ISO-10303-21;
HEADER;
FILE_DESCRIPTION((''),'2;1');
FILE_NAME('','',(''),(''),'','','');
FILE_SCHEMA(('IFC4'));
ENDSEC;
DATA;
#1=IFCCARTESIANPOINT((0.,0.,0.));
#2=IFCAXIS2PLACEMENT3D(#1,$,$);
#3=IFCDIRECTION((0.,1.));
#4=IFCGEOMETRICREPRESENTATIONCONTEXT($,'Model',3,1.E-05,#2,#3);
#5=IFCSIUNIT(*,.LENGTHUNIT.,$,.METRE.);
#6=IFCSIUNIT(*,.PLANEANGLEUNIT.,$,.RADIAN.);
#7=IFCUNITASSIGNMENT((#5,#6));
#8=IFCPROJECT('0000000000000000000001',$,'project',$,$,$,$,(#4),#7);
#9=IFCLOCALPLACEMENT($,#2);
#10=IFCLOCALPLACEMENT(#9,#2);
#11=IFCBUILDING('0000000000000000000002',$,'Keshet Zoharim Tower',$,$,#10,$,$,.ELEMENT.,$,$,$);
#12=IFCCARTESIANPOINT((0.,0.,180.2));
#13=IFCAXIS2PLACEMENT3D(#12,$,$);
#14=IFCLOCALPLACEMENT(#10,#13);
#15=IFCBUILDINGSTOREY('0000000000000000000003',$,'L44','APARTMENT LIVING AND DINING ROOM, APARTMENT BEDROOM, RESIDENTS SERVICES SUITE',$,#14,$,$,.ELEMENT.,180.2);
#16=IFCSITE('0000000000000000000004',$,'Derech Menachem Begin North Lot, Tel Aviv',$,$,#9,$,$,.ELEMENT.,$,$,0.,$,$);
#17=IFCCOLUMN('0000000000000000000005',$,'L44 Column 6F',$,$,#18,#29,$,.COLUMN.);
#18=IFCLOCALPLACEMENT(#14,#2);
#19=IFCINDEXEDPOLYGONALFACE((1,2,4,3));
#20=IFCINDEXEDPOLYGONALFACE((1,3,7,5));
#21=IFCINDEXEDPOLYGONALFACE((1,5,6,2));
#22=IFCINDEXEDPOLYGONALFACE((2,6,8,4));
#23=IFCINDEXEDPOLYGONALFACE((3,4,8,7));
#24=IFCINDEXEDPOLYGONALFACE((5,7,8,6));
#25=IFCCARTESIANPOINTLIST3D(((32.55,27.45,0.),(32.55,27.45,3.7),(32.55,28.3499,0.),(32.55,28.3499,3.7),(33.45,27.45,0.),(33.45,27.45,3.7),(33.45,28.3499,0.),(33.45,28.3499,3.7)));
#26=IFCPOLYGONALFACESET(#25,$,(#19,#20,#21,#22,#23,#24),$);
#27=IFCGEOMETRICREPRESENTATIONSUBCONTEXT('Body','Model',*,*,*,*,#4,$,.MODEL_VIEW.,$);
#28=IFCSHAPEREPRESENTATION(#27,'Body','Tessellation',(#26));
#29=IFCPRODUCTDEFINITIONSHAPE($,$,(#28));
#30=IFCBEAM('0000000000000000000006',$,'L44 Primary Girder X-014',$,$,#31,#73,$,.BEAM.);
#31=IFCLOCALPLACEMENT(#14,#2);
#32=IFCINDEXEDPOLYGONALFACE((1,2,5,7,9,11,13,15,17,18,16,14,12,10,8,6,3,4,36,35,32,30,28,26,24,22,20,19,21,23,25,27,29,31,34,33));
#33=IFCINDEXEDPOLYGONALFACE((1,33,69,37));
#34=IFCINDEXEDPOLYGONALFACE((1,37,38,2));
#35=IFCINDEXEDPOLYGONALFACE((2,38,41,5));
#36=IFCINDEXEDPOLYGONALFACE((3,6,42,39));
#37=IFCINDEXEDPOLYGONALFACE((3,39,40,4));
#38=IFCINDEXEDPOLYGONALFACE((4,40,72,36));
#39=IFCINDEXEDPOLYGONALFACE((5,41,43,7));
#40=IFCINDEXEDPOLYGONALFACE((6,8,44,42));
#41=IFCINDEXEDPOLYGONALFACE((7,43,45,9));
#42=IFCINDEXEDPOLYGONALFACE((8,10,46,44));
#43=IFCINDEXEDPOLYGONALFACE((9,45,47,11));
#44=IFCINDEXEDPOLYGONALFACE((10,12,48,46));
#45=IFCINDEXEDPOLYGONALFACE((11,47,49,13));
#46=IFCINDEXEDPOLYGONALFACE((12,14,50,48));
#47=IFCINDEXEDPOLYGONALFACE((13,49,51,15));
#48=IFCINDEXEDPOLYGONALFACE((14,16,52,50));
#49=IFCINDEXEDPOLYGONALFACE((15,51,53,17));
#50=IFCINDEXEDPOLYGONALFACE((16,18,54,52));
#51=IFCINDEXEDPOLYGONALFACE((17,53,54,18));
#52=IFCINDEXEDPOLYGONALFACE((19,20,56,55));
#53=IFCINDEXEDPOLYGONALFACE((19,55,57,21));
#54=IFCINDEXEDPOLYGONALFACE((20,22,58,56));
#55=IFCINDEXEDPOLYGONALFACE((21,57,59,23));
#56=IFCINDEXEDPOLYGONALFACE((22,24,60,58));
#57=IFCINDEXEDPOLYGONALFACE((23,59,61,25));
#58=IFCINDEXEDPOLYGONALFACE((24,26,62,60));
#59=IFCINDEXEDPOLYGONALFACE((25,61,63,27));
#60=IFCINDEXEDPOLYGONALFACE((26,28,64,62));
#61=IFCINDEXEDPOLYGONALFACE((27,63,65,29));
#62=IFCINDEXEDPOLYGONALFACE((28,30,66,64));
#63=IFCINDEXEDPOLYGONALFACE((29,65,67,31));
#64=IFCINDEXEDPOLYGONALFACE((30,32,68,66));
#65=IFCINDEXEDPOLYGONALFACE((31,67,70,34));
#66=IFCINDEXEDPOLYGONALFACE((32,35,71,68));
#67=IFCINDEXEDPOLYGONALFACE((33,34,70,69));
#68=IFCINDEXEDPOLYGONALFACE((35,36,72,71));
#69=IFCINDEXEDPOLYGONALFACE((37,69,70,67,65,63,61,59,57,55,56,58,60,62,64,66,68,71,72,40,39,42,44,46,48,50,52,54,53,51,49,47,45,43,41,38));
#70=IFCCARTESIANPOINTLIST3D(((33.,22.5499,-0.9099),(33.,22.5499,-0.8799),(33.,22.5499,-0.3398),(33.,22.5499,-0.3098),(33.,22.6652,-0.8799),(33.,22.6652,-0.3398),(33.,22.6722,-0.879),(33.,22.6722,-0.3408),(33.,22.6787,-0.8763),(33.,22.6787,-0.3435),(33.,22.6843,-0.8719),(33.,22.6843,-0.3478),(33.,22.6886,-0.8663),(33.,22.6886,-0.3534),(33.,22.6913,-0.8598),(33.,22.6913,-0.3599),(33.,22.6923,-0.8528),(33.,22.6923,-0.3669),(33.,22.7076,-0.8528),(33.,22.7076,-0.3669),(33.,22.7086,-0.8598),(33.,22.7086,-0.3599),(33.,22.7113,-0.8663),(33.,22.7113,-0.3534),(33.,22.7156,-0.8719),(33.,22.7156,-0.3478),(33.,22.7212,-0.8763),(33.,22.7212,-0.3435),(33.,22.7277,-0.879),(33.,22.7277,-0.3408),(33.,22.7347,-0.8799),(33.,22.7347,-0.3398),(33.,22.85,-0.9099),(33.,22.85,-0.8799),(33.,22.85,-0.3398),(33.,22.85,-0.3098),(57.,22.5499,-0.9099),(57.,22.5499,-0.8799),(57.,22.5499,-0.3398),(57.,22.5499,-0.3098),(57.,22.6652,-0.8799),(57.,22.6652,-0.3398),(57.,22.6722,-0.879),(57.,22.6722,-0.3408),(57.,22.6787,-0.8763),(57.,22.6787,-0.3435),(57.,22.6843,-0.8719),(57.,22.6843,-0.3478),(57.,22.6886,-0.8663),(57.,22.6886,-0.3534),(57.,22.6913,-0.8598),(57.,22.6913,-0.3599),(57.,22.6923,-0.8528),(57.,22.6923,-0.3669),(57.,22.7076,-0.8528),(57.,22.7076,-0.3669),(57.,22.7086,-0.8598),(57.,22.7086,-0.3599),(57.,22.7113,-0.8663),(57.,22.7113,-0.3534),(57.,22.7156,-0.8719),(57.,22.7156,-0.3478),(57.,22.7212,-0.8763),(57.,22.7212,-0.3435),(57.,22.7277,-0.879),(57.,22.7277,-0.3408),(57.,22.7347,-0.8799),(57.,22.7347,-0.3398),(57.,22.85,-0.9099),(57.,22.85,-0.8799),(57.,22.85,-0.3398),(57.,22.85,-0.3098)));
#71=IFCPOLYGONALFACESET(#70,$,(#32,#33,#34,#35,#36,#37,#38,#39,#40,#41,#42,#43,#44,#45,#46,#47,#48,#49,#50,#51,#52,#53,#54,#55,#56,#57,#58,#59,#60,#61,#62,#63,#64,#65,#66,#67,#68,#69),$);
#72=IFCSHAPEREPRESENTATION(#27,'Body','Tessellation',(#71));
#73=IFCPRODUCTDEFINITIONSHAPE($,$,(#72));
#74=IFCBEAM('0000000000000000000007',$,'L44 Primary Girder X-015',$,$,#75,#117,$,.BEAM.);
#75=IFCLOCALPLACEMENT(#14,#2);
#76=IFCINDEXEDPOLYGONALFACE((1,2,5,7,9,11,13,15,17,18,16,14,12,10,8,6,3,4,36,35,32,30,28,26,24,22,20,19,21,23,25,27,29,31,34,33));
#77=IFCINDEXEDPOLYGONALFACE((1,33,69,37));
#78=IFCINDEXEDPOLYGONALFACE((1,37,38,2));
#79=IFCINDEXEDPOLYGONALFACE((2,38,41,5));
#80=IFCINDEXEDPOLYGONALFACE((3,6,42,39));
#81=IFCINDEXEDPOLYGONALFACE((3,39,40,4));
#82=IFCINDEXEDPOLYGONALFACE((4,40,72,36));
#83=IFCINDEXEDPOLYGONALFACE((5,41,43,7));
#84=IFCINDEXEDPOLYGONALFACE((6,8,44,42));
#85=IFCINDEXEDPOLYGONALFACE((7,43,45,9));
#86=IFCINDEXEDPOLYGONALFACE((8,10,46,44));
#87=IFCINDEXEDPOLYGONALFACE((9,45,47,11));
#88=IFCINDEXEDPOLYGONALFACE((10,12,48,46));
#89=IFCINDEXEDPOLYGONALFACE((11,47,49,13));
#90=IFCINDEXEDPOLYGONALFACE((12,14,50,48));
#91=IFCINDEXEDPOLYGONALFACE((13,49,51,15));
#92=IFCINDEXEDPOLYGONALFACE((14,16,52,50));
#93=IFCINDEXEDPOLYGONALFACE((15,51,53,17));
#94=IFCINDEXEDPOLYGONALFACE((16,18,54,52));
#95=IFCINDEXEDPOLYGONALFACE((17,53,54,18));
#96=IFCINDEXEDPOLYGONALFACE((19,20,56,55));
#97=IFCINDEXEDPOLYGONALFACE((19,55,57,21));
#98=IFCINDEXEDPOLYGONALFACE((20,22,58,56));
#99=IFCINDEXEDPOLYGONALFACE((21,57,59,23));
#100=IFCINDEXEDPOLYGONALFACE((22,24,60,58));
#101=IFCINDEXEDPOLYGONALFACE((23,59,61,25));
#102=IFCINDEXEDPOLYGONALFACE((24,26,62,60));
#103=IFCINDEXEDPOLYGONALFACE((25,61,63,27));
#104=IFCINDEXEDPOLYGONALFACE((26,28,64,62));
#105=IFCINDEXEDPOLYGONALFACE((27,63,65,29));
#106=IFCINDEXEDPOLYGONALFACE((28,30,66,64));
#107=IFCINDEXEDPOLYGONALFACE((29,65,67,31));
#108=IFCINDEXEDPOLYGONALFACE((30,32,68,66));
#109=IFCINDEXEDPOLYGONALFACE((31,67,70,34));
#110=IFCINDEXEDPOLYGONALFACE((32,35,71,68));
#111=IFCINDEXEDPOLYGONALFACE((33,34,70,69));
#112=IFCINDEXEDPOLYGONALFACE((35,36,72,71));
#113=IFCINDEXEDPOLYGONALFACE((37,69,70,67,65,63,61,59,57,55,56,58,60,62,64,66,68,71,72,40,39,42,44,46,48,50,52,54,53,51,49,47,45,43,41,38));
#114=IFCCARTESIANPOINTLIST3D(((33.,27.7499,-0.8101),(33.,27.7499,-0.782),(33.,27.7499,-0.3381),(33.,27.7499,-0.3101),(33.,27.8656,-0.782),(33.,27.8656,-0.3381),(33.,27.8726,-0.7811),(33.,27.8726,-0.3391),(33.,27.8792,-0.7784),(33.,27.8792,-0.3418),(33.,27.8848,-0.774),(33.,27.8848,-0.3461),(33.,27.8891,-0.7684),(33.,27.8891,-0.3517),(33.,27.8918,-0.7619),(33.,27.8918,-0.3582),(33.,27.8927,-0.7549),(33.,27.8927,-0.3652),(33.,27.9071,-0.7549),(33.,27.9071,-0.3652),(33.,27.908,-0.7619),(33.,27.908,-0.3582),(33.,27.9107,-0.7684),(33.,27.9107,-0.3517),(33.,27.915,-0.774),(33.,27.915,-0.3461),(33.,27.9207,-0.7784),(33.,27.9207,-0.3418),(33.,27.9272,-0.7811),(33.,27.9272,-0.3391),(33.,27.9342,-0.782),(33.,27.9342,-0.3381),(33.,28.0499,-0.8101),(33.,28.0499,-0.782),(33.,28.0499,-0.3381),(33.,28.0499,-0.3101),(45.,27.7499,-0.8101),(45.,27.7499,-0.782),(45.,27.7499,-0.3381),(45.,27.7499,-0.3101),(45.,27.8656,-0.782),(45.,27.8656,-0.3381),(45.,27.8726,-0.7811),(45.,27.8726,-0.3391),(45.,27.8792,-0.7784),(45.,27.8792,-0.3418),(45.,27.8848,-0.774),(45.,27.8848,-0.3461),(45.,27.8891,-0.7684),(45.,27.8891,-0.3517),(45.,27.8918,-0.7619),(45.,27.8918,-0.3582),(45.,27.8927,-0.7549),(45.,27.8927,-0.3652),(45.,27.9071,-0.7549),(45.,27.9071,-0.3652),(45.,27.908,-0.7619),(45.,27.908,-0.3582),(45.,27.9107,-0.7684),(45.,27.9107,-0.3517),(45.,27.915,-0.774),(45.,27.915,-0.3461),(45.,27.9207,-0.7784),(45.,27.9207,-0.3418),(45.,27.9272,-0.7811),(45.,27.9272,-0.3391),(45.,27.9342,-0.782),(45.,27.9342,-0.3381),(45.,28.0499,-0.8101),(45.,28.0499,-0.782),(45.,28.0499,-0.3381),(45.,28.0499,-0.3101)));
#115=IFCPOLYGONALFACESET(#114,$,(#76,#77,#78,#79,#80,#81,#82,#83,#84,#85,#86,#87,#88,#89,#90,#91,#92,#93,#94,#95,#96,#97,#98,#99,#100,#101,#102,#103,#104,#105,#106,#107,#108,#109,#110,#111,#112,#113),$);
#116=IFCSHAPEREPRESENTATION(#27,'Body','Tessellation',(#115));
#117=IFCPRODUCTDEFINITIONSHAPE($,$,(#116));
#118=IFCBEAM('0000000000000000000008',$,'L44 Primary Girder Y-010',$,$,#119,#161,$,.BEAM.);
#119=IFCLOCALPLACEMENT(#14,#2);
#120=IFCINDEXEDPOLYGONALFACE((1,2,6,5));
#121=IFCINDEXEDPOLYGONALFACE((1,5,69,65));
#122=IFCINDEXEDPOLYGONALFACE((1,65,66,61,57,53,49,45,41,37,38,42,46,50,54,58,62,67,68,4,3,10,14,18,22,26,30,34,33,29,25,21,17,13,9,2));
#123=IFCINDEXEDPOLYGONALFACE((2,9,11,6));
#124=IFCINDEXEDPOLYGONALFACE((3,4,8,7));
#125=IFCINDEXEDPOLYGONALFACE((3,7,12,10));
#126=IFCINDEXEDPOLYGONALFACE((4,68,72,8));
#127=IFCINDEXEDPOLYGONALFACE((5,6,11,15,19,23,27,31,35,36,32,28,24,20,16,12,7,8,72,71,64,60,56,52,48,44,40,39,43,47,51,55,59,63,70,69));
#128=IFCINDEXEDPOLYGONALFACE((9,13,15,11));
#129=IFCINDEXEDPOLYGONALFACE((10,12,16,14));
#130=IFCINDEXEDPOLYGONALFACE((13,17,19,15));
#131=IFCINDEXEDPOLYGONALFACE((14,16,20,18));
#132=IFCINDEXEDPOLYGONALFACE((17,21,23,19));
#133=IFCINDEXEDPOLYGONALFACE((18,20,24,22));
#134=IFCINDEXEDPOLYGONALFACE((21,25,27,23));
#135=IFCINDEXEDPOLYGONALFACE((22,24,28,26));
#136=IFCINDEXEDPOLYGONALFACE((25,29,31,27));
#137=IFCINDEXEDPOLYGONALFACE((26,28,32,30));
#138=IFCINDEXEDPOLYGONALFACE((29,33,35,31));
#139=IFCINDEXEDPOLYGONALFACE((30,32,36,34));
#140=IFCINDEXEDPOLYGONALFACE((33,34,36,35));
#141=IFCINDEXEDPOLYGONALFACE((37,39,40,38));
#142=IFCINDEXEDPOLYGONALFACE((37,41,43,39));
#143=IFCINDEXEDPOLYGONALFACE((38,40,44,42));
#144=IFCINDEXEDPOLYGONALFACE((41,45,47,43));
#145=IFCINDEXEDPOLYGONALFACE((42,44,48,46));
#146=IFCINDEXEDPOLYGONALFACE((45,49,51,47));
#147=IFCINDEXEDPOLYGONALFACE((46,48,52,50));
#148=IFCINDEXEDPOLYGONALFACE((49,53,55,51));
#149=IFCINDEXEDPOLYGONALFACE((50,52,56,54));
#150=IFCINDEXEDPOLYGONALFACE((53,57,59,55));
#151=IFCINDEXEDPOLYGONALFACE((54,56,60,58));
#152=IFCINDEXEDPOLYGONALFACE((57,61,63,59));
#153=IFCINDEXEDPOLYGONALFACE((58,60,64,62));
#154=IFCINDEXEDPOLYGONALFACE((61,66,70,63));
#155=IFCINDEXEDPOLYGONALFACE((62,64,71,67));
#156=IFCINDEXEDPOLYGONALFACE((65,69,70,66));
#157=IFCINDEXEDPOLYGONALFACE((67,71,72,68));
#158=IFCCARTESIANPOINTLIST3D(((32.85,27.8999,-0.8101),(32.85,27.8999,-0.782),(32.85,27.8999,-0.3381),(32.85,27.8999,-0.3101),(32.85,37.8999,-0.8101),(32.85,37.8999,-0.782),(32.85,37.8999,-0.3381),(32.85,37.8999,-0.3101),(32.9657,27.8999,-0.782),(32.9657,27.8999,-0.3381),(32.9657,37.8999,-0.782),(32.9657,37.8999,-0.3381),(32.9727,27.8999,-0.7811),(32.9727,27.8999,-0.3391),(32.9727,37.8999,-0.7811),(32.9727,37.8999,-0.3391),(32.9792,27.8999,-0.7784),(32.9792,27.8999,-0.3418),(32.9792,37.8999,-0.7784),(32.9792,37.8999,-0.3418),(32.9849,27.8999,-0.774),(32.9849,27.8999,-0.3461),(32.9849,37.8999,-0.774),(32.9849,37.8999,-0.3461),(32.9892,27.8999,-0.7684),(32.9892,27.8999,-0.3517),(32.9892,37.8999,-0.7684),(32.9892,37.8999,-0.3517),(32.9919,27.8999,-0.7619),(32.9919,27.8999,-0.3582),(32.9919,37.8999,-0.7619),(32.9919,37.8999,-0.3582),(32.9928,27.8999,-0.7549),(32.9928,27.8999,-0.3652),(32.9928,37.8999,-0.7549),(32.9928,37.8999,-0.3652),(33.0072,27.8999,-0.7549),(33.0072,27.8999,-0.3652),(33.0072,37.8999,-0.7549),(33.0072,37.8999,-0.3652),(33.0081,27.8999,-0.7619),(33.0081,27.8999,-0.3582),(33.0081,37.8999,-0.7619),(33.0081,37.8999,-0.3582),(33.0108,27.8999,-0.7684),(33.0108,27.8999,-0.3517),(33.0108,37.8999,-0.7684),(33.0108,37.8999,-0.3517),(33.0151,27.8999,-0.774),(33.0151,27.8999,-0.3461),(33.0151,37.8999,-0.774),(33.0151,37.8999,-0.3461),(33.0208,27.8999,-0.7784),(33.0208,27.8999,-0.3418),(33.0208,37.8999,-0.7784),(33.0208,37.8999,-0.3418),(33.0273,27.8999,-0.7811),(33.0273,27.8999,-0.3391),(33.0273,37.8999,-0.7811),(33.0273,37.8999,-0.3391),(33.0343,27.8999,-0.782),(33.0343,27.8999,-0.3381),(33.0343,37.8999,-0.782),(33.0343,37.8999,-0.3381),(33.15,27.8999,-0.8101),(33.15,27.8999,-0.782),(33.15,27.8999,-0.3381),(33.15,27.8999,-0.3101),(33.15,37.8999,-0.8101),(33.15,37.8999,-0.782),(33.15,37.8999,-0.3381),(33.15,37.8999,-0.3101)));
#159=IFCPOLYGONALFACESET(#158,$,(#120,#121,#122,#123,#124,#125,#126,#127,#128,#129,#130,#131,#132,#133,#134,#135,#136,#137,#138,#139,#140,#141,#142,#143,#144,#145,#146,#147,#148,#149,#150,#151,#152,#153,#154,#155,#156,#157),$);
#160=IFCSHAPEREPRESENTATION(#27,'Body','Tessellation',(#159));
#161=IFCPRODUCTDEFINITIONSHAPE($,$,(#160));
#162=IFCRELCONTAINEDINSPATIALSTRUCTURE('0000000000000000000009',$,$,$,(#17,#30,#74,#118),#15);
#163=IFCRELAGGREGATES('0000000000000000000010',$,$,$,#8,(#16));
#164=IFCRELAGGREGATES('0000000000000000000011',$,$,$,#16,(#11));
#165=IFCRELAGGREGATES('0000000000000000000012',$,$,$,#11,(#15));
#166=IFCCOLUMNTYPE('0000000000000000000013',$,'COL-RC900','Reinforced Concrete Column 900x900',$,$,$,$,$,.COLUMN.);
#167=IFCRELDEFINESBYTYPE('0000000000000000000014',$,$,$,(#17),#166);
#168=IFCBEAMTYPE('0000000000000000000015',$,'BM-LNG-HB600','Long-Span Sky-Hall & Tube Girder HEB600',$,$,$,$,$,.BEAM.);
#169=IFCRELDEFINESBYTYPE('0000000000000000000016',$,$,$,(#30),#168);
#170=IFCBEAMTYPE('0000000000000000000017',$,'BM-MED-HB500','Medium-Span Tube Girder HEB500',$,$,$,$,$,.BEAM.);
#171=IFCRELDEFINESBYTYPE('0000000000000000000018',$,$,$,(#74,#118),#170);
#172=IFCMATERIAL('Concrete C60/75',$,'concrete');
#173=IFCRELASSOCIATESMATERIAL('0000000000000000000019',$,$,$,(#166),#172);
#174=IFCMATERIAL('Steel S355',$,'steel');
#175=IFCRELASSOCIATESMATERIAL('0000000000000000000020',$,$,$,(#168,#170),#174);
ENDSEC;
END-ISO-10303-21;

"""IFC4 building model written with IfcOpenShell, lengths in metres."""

from ifc_helpers import new_model, si_unit, direction, frame, origin, origin_2d, place, context, subcontext, project, spatial, rectangle, i_section, extrude, material, material_profile, profile_set, type_object, element, save


model = new_model("IFC4")

# Units and contexts
model_context = context("Model", 3, precision=1e-05, world=origin(), true_north=direction((0.0, 1.0)))
body_context = subcontext(model_context, "Body", "Model", "MODEL_VIEW")
ifc_project = project(units=[si_unit("LENGTHUNIT", "METRE"), si_unit("PLANEANGLEUNIT", "RADIAN")], contexts=[model_context])

# Site, building, storey
site_placement = place(None, origin())
site = spatial("IfcSite", under=ifc_project, at=site_placement, Name="Derech Menachem Begin North Lot, Tel Aviv", CompositionType="ELEMENT", RefElevation=0.0)
building_placement = place(site_placement, origin())
building = spatial("IfcBuilding", under=site, at=building_placement, Name="Keshet Zoharim Tower", CompositionType="ELEMENT")
storey_placement = place(building_placement, frame((0.0, 0.0, 180.2)))
storey = spatial("IfcBuildingStorey", under=building, at=storey_placement, Name="L44", Description="APARTMENT LIVING AND DINING ROOM, APARTMENT BEDROOM, RESIDENTS SERVICES SUITE", CompositionType="ELEMENT", Elevation=180.2)

# Column
ifc_material_1 = material(Name="Concrete C60/75", Category="concrete")
ifc_material_profile_1 = material_profile(ifc_material_1, rectangle(XDim=0.8999, YDim=0.8999, at=origin_2d()), Name="RC900x900")
ifc_profile_set_1 = profile_set([ifc_material_profile_1], Name="Concrete C60/75")
column_type = type_object("IfcColumnType", Name="COL-RC900", Description="Reinforced Concrete Column 900x900", PredefinedType="COLUMN", material=ifc_profile_set_1)
column_placement = place(storey_placement, frame((33.0, 27.8999, 0.0), z_axis=(0.0, 0.0, 1.0), x_axis=(1.0, 0.0, 0.0)))
element("IfcColumn", 1, at=column_placement, inside=storey, type_object=column_type, Name="L44 Column 6F", PredefinedType="COLUMN", context=body_context, shape_type="SweptSolid", body=[
    extrude(rectangle(XDim=0.8999, YDim=0.8999, at=origin_2d()), origin(), (0.0, 0.0, 1.0), 3.7),
])

# Beams
ifc_material_2 = material(Name="Steel S355", Category="steel")
ifc_material_profile_2 = material_profile(ifc_material_2, i_section(OverallWidth=0.3, OverallDepth=0.6001, WebThickness=0.0154, FlangeThickness=0.03, FilletRadius=0.0271, at=origin_2d()), Name="HEB600")
ifc_profile_set_2 = profile_set([ifc_material_profile_2], Name="Steel S355")
beam_type_1 = type_object("IfcBeamType", Name="BM-LNG-HB600", Description="Long-Span Sky-Hall & Tube Girder HEB600", PredefinedType="BEAM", material=ifc_profile_set_2)
beam_1_placement = place(storey_placement, frame((33.0, 22.7, -0.6099), z_axis=(1.0, 0.0, 0.0), x_axis=(0.0, 1.0, 0.0)))
element("IfcBeam", 2, at=beam_1_placement, inside=storey, type_object=beam_type_1, Name="L44 Primary Girder X-014", PredefinedType="BEAM", context=body_context, shape_type="SweptSolid", body=[
    extrude(i_section(OverallWidth=0.3, OverallDepth=0.6001, WebThickness=0.0154, FlangeThickness=0.03, FilletRadius=0.0271, at=origin_2d()), origin(), (0.0, 0.0, 1.0), 24.0),
])
ifc_material_profile_3 = material_profile(ifc_material_2, i_section(OverallWidth=0.3, OverallDepth=0.5, WebThickness=0.0144, FlangeThickness=0.0281, FilletRadius=0.0271, at=origin_2d()), Name="HEB500")
ifc_profile_set_3 = profile_set([ifc_material_profile_3], Name="Steel S355")
beam_type_2 = type_object("IfcBeamType", Name="BM-MED-HB500", Description="Medium-Span Tube Girder HEB500", PredefinedType="BEAM", material=ifc_profile_set_3)
beam_2_placement = place(storey_placement, frame((33.0, 27.8999, -0.5601), z_axis=(1.0, 0.0, 0.0), x_axis=(0.0, 1.0, 0.0)))
element("IfcBeam", 3, at=beam_2_placement, inside=storey, type_object=beam_type_2, Name="L44 Primary Girder X-015", PredefinedType="BEAM", context=body_context, shape_type="SweptSolid", body=[
    extrude(i_section(OverallWidth=0.3, OverallDepth=0.5, WebThickness=0.0144, FlangeThickness=0.0281, FilletRadius=0.0271, at=origin_2d()), origin(), (0.0, 0.0, 1.0), 12.0),
])
beam_3_placement = place(storey_placement, frame((33.0, 27.8999, -0.5601), z_axis=(0.0, 1.0, 0.0), x_axis=(-1.0, 0.0, 0.0)))
element("IfcBeam", 4, at=beam_3_placement, inside=storey, type_object=beam_type_2, Name="L44 Primary Girder Y-010", PredefinedType="BEAM", context=body_context, shape_type="SweptSolid", body=[
    extrude(i_section(OverallWidth=0.3, OverallDepth=0.5, WebThickness=0.0144, FlangeThickness=0.0281, FilletRadius=0.0271, at=origin_2d()), origin(), (0.0, 0.0, 1.0), 10.0),
])

save(model, "model.ifc")
